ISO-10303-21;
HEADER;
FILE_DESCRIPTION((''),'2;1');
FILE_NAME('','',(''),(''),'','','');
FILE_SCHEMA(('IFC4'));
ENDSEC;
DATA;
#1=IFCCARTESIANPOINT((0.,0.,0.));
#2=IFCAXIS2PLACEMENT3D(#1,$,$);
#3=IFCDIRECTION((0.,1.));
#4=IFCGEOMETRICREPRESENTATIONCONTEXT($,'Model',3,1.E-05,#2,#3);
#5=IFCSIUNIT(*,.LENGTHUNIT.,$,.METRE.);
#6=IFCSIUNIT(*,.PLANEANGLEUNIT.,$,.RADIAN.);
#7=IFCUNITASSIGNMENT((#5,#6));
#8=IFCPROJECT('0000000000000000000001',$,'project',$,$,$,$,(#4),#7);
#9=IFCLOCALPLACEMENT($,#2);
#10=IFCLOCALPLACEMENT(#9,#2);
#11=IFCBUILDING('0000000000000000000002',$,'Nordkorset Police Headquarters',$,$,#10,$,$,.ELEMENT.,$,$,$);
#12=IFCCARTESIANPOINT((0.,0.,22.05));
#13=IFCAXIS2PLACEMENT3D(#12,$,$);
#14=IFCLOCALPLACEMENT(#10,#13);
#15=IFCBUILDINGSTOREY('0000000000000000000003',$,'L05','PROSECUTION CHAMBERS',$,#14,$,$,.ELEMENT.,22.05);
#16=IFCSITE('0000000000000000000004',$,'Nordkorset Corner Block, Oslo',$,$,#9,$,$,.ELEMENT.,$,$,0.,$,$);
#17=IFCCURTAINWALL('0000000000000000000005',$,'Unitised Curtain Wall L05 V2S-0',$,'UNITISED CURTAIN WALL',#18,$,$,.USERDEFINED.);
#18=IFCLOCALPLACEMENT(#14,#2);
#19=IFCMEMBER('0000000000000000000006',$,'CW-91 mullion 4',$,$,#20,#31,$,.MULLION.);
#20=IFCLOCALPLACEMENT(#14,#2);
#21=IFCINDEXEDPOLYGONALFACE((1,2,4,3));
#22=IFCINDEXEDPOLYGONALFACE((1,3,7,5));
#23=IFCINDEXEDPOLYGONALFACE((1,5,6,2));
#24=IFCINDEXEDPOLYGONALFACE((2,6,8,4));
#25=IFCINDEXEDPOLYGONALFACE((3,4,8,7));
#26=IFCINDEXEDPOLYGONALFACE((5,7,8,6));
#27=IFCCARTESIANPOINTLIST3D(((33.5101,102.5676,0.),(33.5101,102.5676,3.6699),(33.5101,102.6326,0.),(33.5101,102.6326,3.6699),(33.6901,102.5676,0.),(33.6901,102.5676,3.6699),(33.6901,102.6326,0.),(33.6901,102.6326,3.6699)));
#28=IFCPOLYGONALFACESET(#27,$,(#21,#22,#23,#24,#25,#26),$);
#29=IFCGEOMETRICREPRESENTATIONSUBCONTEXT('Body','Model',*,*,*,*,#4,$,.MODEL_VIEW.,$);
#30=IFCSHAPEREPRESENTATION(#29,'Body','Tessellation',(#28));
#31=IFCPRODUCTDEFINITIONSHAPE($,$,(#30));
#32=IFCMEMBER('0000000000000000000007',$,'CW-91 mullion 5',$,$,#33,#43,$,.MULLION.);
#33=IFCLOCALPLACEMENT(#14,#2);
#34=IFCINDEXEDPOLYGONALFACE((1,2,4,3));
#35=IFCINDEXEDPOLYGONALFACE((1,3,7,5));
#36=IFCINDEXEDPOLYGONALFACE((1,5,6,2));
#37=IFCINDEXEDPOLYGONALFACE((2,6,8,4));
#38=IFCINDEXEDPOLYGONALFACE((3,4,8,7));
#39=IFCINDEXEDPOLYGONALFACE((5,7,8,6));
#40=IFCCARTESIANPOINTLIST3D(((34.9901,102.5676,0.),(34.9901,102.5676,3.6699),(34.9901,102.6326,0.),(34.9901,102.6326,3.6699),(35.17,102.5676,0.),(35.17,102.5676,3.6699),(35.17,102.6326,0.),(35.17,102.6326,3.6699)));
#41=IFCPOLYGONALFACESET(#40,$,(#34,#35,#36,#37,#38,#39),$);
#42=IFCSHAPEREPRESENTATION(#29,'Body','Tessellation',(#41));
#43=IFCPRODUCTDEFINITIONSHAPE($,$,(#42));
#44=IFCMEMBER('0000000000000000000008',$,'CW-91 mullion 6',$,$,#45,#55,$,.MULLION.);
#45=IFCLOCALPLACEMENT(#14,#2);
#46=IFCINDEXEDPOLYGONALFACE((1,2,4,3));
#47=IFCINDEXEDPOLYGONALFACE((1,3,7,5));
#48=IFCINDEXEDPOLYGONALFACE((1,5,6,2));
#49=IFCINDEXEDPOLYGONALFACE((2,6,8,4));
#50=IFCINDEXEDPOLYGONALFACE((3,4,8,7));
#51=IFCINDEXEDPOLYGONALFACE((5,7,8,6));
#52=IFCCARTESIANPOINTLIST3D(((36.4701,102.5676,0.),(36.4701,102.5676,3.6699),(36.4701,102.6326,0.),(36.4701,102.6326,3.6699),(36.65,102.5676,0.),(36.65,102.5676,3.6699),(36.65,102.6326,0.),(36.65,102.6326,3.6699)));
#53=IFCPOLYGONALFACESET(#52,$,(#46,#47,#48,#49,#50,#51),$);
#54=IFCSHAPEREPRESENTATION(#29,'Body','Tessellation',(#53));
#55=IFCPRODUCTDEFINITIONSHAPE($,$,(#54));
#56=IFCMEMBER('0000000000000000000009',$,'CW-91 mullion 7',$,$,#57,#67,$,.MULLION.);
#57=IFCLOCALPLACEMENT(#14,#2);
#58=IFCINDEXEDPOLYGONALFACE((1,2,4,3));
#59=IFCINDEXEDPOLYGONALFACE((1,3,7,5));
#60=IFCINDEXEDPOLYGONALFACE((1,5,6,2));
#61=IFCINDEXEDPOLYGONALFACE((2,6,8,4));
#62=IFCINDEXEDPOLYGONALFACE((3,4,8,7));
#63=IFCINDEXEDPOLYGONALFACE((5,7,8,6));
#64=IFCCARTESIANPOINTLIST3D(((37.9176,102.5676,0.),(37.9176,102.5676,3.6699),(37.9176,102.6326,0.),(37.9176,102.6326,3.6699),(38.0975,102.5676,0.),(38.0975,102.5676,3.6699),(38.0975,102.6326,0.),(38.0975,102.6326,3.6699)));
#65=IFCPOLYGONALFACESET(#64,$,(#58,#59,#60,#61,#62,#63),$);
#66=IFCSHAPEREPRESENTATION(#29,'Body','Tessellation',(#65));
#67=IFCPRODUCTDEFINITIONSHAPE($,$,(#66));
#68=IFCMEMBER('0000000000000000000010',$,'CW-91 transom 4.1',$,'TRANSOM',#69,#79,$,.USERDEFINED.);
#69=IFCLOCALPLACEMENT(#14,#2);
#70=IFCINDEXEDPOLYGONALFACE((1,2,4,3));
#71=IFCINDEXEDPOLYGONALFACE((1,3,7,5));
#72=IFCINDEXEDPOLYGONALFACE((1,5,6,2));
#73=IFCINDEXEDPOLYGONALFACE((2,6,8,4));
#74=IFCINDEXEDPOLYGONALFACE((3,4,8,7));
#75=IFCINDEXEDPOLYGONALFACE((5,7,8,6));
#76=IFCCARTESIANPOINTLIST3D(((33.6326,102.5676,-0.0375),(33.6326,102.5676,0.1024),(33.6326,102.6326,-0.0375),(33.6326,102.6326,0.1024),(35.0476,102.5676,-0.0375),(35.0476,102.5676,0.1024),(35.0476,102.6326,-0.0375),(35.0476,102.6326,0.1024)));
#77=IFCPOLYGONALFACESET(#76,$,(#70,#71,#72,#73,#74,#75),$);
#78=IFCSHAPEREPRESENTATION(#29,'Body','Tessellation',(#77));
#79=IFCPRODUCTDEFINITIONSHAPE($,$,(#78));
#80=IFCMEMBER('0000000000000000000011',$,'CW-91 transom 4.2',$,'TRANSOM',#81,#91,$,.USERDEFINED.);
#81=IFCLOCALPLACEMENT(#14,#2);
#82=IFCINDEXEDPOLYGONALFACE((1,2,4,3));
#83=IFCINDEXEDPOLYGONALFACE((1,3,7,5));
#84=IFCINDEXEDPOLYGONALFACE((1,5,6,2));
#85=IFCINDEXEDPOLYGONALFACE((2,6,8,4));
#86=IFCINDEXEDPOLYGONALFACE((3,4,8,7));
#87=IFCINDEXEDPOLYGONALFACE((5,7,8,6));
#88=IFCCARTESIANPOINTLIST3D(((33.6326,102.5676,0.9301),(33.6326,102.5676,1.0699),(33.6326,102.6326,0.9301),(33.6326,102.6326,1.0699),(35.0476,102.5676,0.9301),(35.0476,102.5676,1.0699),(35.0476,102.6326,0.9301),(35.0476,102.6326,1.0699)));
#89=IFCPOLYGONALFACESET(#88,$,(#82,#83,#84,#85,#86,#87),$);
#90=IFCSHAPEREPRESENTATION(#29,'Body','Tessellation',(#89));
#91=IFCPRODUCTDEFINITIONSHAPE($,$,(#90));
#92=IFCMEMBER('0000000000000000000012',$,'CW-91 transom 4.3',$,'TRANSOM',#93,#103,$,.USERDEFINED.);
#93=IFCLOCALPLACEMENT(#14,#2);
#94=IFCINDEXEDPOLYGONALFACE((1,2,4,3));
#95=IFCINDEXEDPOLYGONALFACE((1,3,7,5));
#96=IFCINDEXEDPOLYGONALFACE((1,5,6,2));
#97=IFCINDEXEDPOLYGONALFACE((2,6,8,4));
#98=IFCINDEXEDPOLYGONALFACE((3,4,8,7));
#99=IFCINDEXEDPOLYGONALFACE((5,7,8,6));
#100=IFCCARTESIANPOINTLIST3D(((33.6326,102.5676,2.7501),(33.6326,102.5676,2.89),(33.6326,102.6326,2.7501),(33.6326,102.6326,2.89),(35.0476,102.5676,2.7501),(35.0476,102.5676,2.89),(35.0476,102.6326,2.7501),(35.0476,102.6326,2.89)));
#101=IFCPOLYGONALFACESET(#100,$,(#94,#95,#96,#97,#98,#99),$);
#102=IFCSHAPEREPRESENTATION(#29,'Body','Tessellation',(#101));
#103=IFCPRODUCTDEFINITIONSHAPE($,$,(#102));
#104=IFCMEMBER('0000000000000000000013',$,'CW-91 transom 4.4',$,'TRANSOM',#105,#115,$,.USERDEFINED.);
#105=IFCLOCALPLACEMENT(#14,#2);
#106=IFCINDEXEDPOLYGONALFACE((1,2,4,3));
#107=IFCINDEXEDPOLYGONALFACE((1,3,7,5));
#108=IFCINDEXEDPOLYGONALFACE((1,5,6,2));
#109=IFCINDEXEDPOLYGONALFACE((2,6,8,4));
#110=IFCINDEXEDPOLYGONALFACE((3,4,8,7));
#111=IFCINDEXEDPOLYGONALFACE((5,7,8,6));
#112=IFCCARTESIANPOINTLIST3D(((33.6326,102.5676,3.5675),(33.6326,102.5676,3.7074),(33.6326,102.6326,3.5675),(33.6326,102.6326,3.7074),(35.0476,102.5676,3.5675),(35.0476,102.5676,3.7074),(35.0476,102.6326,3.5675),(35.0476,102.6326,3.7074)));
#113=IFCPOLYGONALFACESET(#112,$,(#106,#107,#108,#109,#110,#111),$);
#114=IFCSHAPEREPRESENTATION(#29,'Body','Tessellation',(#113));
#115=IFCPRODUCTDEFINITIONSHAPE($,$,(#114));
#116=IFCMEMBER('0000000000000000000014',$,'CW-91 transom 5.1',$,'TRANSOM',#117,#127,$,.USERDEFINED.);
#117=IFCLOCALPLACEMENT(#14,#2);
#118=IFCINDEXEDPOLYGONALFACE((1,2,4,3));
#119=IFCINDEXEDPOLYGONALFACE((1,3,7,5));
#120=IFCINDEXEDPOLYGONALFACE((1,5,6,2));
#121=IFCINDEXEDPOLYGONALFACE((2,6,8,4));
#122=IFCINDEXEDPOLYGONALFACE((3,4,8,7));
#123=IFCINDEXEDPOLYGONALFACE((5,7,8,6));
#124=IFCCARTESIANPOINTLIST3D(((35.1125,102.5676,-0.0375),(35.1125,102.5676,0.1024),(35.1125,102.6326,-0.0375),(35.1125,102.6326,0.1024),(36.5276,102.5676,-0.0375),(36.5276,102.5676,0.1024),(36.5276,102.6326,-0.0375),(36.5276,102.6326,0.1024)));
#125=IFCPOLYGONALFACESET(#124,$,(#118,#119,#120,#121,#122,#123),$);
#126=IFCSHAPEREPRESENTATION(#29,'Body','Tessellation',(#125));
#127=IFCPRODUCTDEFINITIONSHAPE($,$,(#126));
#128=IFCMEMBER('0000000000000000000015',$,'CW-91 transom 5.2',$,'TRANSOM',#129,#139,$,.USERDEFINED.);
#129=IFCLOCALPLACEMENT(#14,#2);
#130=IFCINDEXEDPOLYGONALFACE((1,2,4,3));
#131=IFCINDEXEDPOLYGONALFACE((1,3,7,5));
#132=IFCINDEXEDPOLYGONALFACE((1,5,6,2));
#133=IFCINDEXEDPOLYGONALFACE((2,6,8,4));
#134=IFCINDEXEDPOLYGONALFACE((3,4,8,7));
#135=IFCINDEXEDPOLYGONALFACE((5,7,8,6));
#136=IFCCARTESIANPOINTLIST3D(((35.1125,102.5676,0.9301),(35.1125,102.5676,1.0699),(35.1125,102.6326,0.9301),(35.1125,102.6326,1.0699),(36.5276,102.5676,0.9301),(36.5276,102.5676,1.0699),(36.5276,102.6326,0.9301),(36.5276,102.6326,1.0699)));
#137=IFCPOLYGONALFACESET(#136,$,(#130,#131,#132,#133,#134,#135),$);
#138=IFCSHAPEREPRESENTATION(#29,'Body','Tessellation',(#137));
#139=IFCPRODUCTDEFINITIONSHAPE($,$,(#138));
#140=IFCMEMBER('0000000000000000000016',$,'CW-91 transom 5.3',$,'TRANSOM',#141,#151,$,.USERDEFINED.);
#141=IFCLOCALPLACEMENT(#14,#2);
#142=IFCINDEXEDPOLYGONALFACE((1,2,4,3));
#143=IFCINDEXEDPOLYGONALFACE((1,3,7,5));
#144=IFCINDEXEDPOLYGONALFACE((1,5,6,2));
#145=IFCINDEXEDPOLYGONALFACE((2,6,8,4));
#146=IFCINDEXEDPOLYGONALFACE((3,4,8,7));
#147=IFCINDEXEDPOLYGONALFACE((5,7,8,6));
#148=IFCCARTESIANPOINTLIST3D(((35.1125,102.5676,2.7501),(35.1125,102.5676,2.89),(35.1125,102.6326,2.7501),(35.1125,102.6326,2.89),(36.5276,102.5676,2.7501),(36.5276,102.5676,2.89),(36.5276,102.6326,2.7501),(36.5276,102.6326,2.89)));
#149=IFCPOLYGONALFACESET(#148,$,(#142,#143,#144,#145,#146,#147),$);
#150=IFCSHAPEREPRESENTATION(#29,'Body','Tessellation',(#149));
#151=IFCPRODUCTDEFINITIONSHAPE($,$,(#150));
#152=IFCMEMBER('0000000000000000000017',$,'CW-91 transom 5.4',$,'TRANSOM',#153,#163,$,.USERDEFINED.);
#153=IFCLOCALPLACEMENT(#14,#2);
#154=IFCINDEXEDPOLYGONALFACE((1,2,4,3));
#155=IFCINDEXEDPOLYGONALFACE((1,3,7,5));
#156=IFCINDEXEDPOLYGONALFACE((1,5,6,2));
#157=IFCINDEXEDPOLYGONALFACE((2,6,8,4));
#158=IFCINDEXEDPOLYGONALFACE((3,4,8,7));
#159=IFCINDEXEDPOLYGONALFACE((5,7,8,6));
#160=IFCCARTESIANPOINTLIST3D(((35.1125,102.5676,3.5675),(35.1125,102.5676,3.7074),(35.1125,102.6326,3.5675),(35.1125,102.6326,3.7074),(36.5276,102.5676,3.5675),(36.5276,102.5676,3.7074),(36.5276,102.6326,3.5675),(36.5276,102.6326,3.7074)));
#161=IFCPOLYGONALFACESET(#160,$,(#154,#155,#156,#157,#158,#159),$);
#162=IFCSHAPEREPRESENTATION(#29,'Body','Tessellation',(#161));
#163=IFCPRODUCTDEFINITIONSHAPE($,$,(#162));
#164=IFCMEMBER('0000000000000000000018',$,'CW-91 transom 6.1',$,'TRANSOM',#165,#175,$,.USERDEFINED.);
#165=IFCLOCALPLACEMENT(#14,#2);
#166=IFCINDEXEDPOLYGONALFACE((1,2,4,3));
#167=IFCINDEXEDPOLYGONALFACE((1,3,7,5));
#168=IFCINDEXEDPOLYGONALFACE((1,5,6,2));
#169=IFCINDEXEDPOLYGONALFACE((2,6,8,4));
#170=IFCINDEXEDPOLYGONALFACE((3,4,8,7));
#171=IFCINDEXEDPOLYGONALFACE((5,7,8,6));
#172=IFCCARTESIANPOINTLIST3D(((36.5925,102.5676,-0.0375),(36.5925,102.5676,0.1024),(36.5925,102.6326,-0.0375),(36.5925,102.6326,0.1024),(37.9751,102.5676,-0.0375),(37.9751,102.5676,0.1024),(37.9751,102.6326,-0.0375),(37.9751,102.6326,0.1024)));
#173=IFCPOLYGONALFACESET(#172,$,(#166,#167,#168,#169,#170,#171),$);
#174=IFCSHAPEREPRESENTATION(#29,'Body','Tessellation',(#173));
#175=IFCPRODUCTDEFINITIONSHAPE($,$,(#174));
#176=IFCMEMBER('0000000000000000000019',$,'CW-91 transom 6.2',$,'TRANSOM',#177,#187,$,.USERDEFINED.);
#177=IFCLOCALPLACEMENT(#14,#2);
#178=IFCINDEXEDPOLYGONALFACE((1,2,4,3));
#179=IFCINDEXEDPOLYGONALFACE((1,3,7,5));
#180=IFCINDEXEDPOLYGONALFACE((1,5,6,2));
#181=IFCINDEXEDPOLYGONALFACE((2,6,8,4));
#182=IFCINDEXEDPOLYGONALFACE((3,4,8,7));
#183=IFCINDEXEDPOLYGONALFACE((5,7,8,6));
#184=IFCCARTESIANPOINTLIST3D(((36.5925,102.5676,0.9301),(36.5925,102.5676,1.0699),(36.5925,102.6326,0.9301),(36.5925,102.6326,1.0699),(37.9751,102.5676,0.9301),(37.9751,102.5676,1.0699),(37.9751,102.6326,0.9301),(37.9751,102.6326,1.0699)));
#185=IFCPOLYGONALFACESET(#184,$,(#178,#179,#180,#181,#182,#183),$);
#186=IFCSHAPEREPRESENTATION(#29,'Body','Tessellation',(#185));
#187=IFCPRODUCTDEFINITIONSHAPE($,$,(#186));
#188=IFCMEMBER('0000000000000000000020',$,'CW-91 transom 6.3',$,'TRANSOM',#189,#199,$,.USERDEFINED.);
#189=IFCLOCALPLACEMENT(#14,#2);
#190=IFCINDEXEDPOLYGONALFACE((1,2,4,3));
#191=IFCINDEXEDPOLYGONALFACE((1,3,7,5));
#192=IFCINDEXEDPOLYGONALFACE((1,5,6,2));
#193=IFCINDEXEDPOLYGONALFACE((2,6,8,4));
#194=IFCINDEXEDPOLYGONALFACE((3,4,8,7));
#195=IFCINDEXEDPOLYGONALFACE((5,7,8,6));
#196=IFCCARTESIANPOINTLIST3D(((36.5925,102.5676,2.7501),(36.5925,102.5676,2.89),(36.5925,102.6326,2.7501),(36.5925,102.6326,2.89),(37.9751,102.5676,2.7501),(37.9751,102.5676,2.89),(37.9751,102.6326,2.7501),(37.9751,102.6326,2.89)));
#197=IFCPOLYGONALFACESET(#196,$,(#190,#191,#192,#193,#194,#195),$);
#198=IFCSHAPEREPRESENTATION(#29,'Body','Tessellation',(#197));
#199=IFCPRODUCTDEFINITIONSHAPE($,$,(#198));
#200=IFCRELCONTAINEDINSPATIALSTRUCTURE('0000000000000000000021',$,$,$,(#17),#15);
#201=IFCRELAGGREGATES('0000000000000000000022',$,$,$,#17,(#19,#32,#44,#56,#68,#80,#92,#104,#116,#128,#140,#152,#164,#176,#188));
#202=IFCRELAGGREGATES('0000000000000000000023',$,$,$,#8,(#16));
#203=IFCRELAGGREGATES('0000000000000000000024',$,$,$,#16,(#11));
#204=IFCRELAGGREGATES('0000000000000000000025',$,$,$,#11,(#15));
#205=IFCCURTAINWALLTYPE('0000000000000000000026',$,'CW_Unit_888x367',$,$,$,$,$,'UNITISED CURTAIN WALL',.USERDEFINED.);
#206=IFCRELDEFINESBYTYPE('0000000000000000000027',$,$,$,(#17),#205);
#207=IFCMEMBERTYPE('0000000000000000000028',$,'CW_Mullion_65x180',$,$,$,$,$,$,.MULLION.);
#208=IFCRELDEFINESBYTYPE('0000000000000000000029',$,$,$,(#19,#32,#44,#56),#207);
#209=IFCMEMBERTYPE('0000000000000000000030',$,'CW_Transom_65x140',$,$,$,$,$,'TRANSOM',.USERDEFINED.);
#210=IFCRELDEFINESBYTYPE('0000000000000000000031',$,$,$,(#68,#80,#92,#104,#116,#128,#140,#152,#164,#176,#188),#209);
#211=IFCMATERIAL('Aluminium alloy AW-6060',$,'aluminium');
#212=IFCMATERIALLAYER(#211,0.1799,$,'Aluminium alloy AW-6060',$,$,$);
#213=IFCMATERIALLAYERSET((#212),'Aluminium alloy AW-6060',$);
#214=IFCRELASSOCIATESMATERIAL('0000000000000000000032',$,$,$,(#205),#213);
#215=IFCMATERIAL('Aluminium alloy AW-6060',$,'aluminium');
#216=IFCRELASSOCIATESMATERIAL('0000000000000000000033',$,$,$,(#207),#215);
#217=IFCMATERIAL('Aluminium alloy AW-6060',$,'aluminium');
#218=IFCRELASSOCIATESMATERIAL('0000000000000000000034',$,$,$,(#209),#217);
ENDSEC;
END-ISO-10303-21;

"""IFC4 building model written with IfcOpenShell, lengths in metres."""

from ifc_helpers import new_model, si_unit, direction, frame, origin, origin_2d, place, context, subcontext, project, spatial, rectangle, extrude, material, layer, layer_set, material_profile, profile_set, type_object, element, aggregate, save


model = new_model("IFC4")

# Units and contexts
model_context = context("Model", 3, precision=1e-05, world=origin(), true_north=direction((0.0, 1.0)))
body_context = subcontext(model_context, "Body", "Model", "MODEL_VIEW")
ifc_project = project(units=[si_unit("LENGTHUNIT", "METRE"), si_unit("PLANEANGLEUNIT", "RADIAN")], contexts=[model_context])

# Site, building, storey
site_placement = place(None, origin())
site = spatial("IfcSite", under=ifc_project, at=site_placement, Name="Nordkorset Corner Block, Oslo", CompositionType="ELEMENT", RefElevation=0.0)
building_placement = place(site_placement, origin())
building = spatial("IfcBuilding", under=site, at=building_placement, Name="Nordkorset Police Headquarters", CompositionType="ELEMENT")
storey_placement = place(building_placement, frame((0.0, 0.0, 22.05)))
storey = spatial("IfcBuildingStorey", under=building, at=storey_placement, Name="L05", Description="PROSECUTION CHAMBERS", CompositionType="ELEMENT", Elevation=22.05)

# Curtain wall, members
ifc_material_1 = material(Name="Aluminium alloy AW-6060", Category="aluminium")
ifc_layer_1 = layer(ifc_material_1, 0.1799, Name="Aluminium alloy AW-6060")
ifc_layer_set_1 = layer_set([ifc_layer_1], Name="Aluminium alloy AW-6060")
curtain_wall_type = type_object("IfcCurtainWallType", Name="CW_Unit_888x367", ElementType="UNITISED CURTAIN WALL", PredefinedType="USERDEFINED", material=ifc_layer_set_1)
curtain_wall_placement = place(storey_placement, origin())
curtain_wall = element("IfcCurtainWall", 1, at=curtain_wall_placement, inside=storey, type_object=curtain_wall_type, Name="Unitised Curtain Wall L05 V2S-0", ObjectType="UNITISED CURTAIN WALL", PredefinedType="USERDEFINED")
ifc_material_2 = material(Name="Aluminium alloy AW-6060", Category="aluminium")
ifc_material_profile_1 = material_profile(ifc_material_2, rectangle(XDim=0.0649, YDim=0.1799, at=origin_2d()), Name="ALU MULL 65x180")
ifc_profile_set_1 = profile_set([ifc_material_profile_1], Name="Aluminium alloy AW-6060")
member_type_1 = type_object("IfcMemberType", Name="CW_Mullion_65x180", PredefinedType="MULLION", material=ifc_profile_set_1)
member_1_placement = place(storey_placement, frame((33.6001, 102.6001, 0.0), z_axis=(0.0, 0.0, 1.0), x_axis=(0.0, 1.0, 0.0)))
member_1 = element("IfcMember", 2, at=member_1_placement, type_object=member_type_1, Name="CW-91 mullion 4", PredefinedType="MULLION", context=body_context, shape_type="SweptSolid", body=[
    extrude(rectangle(XDim=0.0649, YDim=0.1799, at=origin_2d()), origin(), (0.0, 0.0, 1.0), 3.6699),
])
member_2_placement = place(storey_placement, frame((35.0801, 102.6001, 0.0), z_axis=(0.0, 0.0, 1.0), x_axis=(0.0, 1.0, 0.0)))
member_2 = element("IfcMember", 3, at=member_2_placement, type_object=member_type_1, Name="CW-91 mullion 5", PredefinedType="MULLION", context=body_context, shape_type="SweptSolid", body=[
    extrude(rectangle(XDim=0.0649, YDim=0.1799, at=origin_2d()), origin(), (0.0, 0.0, 1.0), 3.6699),
])
member_3_placement = place(storey_placement, frame((36.5601, 102.6001, 0.0), z_axis=(0.0, 0.0, 1.0), x_axis=(0.0, 1.0, 0.0)))
member_3 = element("IfcMember", 4, at=member_3_placement, type_object=member_type_1, Name="CW-91 mullion 6", PredefinedType="MULLION", context=body_context, shape_type="SweptSolid", body=[
    extrude(rectangle(XDim=0.0649, YDim=0.1799, at=origin_2d()), origin(), (0.0, 0.0, 1.0), 3.6699),
])
member_4_placement = place(storey_placement, frame((38.0076, 102.6001, 0.0), z_axis=(0.0, 0.0, 1.0), x_axis=(0.0, 1.0, 0.0)))
member_4 = element("IfcMember", 5, at=member_4_placement, type_object=member_type_1, Name="CW-91 mullion 7", PredefinedType="MULLION", context=body_context, shape_type="SweptSolid", body=[
    extrude(rectangle(XDim=0.0649, YDim=0.1799, at=origin_2d()), origin(), (0.0, 0.0, 1.0), 3.6699),
])
ifc_material_3 = material(Name="Aluminium alloy AW-6060", Category="aluminium")
ifc_material_profile_2 = material_profile(ifc_material_3, rectangle(XDim=0.0649, YDim=0.1399, at=origin_2d()), Name="ALU TRAN 65x140")
ifc_profile_set_2 = profile_set([ifc_material_profile_2], Name="Aluminium alloy AW-6060")
member_type_2 = type_object("IfcMemberType", Name="CW_Transom_65x140", ElementType="TRANSOM", PredefinedType="USERDEFINED", material=ifc_profile_set_2)
member_5_placement = place(storey_placement, frame((33.6326, 102.6001, 0.0325), z_axis=(1.0, 0.0, 0.0), x_axis=(0.0, 1.0, 0.0)))
member_5 = element("IfcMember", 6, at=member_5_placement, type_object=member_type_2, Name="CW-91 transom 4.1", ObjectType="TRANSOM", PredefinedType="USERDEFINED", context=body_context, shape_type="SweptSolid", body=[
    extrude(rectangle(XDim=0.0649, YDim=0.1399, at=origin_2d()), origin(), (0.0, 0.0, 1.0), 1.415),
])
member_6_placement = place(storey_placement, frame((33.6326, 102.6001, 1.0), z_axis=(1.0, 0.0, 0.0), x_axis=(0.0, 1.0, 0.0)))
member_6 = element("IfcMember", 7, at=member_6_placement, type_object=member_type_2, Name="CW-91 transom 4.2", ObjectType="TRANSOM", PredefinedType="USERDEFINED", context=body_context, shape_type="SweptSolid", body=[
    extrude(rectangle(XDim=0.0649, YDim=0.1399, at=origin_2d()), origin(), (0.0, 0.0, 1.0), 1.415),
])
member_7_placement = place(storey_placement, frame((33.6326, 102.6001, 2.8201), z_axis=(1.0, 0.0, 0.0), x_axis=(0.0, 1.0, 0.0)))
member_7 = element("IfcMember", 8, at=member_7_placement, type_object=member_type_2, Name="CW-91 transom 4.3", ObjectType="TRANSOM", PredefinedType="USERDEFINED", context=body_context, shape_type="SweptSolid", body=[
    extrude(rectangle(XDim=0.0649, YDim=0.1399, at=origin_2d()), origin(), (0.0, 0.0, 1.0), 1.415),
])
member_8_placement = place(storey_placement, frame((33.6326, 102.6001, 3.6375), z_axis=(1.0, 0.0, 0.0), x_axis=(0.0, 1.0, 0.0)))
member_8 = element("IfcMember", 9, at=member_8_placement, type_object=member_type_2, Name="CW-91 transom 4.4", ObjectType="TRANSOM", PredefinedType="USERDEFINED", context=body_context, shape_type="SweptSolid", body=[
    extrude(rectangle(XDim=0.0649, YDim=0.1399, at=origin_2d()), origin(), (0.0, 0.0, 1.0), 1.415),
])
member_9_placement = place(storey_placement, frame((35.1125, 102.6001, 0.0325), z_axis=(1.0, 0.0, 0.0), x_axis=(0.0, 1.0, 0.0)))
member_9 = element("IfcMember", 10, at=member_9_placement, type_object=member_type_2, Name="CW-91 transom 5.1", ObjectType="TRANSOM", PredefinedType="USERDEFINED", context=body_context, shape_type="SweptSolid", body=[
    extrude(rectangle(XDim=0.0649, YDim=0.1399, at=origin_2d()), origin(), (0.0, 0.0, 1.0), 1.415),
])
member_10_placement = place(storey_placement, frame((35.1125, 102.6001, 1.0), z_axis=(1.0, 0.0, 0.0), x_axis=(0.0, 1.0, 0.0)))
member_10 = element("IfcMember", 11, at=member_10_placement, type_object=member_type_2, Name="CW-91 transom 5.2", ObjectType="TRANSOM", PredefinedType="USERDEFINED", context=body_context, shape_type="SweptSolid", body=[
    extrude(rectangle(XDim=0.0649, YDim=0.1399, at=origin_2d()), origin(), (0.0, 0.0, 1.0), 1.415),
])
member_11_placement = place(storey_placement, frame((35.1125, 102.6001, 2.8201), z_axis=(1.0, 0.0, 0.0), x_axis=(0.0, 1.0, 0.0)))
member_11 = element("IfcMember", 12, at=member_11_placement, type_object=member_type_2, Name="CW-91 transom 5.3", ObjectType="TRANSOM", PredefinedType="USERDEFINED", context=body_context, shape_type="SweptSolid", body=[
    extrude(rectangle(XDim=0.0649, YDim=0.1399, at=origin_2d()), origin(), (0.0, 0.0, 1.0), 1.415),
])
member_12_placement = place(storey_placement, frame((35.1125, 102.6001, 3.6375), z_axis=(1.0, 0.0, 0.0), x_axis=(0.0, 1.0, 0.0)))
member_12 = element("IfcMember", 13, at=member_12_placement, type_object=member_type_2, Name="CW-91 transom 5.4", ObjectType="TRANSOM", PredefinedType="USERDEFINED", context=body_context, shape_type="SweptSolid", body=[
    extrude(rectangle(XDim=0.0649, YDim=0.1399, at=origin_2d()), origin(), (0.0, 0.0, 1.0), 1.415),
])
member_13_placement = place(storey_placement, frame((36.5925, 102.6001, 0.0325), z_axis=(1.0, 0.0, 0.0), x_axis=(0.0, 1.0, 0.0)))
member_13 = element("IfcMember", 14, at=member_13_placement, type_object=member_type_2, Name="CW-91 transom 6.1", ObjectType="TRANSOM", PredefinedType="USERDEFINED", context=body_context, shape_type="SweptSolid", body=[
    extrude(rectangle(XDim=0.0649, YDim=0.1399, at=origin_2d()), origin(), (0.0, 0.0, 1.0), 1.3826),
])
member_14_placement = place(storey_placement, frame((36.5925, 102.6001, 1.0), z_axis=(1.0, 0.0, 0.0), x_axis=(0.0, 1.0, 0.0)))
member_14 = element("IfcMember", 15, at=member_14_placement, type_object=member_type_2, Name="CW-91 transom 6.2", ObjectType="TRANSOM", PredefinedType="USERDEFINED", context=body_context, shape_type="SweptSolid", body=[
    extrude(rectangle(XDim=0.0649, YDim=0.1399, at=origin_2d()), origin(), (0.0, 0.0, 1.0), 1.3826),
])
member_15_placement = place(storey_placement, frame((36.5925, 102.6001, 2.8201), z_axis=(1.0, 0.0, 0.0), x_axis=(0.0, 1.0, 0.0)))
member_15 = element("IfcMember", 16, at=member_15_placement, type_object=member_type_2, Name="CW-91 transom 6.3", ObjectType="TRANSOM", PredefinedType="USERDEFINED", context=body_context, shape_type="SweptSolid", body=[
    extrude(rectangle(XDim=0.0649, YDim=0.1399, at=origin_2d()), origin(), (0.0, 0.0, 1.0), 1.3826),
])

aggregate(curtain_wall, [member_1, member_2, member_3, member_4, member_5, member_6, member_7, member_8, member_9, member_10, member_11, member_12, member_13, member_14, member_15])

save(model, "model.ifc")
